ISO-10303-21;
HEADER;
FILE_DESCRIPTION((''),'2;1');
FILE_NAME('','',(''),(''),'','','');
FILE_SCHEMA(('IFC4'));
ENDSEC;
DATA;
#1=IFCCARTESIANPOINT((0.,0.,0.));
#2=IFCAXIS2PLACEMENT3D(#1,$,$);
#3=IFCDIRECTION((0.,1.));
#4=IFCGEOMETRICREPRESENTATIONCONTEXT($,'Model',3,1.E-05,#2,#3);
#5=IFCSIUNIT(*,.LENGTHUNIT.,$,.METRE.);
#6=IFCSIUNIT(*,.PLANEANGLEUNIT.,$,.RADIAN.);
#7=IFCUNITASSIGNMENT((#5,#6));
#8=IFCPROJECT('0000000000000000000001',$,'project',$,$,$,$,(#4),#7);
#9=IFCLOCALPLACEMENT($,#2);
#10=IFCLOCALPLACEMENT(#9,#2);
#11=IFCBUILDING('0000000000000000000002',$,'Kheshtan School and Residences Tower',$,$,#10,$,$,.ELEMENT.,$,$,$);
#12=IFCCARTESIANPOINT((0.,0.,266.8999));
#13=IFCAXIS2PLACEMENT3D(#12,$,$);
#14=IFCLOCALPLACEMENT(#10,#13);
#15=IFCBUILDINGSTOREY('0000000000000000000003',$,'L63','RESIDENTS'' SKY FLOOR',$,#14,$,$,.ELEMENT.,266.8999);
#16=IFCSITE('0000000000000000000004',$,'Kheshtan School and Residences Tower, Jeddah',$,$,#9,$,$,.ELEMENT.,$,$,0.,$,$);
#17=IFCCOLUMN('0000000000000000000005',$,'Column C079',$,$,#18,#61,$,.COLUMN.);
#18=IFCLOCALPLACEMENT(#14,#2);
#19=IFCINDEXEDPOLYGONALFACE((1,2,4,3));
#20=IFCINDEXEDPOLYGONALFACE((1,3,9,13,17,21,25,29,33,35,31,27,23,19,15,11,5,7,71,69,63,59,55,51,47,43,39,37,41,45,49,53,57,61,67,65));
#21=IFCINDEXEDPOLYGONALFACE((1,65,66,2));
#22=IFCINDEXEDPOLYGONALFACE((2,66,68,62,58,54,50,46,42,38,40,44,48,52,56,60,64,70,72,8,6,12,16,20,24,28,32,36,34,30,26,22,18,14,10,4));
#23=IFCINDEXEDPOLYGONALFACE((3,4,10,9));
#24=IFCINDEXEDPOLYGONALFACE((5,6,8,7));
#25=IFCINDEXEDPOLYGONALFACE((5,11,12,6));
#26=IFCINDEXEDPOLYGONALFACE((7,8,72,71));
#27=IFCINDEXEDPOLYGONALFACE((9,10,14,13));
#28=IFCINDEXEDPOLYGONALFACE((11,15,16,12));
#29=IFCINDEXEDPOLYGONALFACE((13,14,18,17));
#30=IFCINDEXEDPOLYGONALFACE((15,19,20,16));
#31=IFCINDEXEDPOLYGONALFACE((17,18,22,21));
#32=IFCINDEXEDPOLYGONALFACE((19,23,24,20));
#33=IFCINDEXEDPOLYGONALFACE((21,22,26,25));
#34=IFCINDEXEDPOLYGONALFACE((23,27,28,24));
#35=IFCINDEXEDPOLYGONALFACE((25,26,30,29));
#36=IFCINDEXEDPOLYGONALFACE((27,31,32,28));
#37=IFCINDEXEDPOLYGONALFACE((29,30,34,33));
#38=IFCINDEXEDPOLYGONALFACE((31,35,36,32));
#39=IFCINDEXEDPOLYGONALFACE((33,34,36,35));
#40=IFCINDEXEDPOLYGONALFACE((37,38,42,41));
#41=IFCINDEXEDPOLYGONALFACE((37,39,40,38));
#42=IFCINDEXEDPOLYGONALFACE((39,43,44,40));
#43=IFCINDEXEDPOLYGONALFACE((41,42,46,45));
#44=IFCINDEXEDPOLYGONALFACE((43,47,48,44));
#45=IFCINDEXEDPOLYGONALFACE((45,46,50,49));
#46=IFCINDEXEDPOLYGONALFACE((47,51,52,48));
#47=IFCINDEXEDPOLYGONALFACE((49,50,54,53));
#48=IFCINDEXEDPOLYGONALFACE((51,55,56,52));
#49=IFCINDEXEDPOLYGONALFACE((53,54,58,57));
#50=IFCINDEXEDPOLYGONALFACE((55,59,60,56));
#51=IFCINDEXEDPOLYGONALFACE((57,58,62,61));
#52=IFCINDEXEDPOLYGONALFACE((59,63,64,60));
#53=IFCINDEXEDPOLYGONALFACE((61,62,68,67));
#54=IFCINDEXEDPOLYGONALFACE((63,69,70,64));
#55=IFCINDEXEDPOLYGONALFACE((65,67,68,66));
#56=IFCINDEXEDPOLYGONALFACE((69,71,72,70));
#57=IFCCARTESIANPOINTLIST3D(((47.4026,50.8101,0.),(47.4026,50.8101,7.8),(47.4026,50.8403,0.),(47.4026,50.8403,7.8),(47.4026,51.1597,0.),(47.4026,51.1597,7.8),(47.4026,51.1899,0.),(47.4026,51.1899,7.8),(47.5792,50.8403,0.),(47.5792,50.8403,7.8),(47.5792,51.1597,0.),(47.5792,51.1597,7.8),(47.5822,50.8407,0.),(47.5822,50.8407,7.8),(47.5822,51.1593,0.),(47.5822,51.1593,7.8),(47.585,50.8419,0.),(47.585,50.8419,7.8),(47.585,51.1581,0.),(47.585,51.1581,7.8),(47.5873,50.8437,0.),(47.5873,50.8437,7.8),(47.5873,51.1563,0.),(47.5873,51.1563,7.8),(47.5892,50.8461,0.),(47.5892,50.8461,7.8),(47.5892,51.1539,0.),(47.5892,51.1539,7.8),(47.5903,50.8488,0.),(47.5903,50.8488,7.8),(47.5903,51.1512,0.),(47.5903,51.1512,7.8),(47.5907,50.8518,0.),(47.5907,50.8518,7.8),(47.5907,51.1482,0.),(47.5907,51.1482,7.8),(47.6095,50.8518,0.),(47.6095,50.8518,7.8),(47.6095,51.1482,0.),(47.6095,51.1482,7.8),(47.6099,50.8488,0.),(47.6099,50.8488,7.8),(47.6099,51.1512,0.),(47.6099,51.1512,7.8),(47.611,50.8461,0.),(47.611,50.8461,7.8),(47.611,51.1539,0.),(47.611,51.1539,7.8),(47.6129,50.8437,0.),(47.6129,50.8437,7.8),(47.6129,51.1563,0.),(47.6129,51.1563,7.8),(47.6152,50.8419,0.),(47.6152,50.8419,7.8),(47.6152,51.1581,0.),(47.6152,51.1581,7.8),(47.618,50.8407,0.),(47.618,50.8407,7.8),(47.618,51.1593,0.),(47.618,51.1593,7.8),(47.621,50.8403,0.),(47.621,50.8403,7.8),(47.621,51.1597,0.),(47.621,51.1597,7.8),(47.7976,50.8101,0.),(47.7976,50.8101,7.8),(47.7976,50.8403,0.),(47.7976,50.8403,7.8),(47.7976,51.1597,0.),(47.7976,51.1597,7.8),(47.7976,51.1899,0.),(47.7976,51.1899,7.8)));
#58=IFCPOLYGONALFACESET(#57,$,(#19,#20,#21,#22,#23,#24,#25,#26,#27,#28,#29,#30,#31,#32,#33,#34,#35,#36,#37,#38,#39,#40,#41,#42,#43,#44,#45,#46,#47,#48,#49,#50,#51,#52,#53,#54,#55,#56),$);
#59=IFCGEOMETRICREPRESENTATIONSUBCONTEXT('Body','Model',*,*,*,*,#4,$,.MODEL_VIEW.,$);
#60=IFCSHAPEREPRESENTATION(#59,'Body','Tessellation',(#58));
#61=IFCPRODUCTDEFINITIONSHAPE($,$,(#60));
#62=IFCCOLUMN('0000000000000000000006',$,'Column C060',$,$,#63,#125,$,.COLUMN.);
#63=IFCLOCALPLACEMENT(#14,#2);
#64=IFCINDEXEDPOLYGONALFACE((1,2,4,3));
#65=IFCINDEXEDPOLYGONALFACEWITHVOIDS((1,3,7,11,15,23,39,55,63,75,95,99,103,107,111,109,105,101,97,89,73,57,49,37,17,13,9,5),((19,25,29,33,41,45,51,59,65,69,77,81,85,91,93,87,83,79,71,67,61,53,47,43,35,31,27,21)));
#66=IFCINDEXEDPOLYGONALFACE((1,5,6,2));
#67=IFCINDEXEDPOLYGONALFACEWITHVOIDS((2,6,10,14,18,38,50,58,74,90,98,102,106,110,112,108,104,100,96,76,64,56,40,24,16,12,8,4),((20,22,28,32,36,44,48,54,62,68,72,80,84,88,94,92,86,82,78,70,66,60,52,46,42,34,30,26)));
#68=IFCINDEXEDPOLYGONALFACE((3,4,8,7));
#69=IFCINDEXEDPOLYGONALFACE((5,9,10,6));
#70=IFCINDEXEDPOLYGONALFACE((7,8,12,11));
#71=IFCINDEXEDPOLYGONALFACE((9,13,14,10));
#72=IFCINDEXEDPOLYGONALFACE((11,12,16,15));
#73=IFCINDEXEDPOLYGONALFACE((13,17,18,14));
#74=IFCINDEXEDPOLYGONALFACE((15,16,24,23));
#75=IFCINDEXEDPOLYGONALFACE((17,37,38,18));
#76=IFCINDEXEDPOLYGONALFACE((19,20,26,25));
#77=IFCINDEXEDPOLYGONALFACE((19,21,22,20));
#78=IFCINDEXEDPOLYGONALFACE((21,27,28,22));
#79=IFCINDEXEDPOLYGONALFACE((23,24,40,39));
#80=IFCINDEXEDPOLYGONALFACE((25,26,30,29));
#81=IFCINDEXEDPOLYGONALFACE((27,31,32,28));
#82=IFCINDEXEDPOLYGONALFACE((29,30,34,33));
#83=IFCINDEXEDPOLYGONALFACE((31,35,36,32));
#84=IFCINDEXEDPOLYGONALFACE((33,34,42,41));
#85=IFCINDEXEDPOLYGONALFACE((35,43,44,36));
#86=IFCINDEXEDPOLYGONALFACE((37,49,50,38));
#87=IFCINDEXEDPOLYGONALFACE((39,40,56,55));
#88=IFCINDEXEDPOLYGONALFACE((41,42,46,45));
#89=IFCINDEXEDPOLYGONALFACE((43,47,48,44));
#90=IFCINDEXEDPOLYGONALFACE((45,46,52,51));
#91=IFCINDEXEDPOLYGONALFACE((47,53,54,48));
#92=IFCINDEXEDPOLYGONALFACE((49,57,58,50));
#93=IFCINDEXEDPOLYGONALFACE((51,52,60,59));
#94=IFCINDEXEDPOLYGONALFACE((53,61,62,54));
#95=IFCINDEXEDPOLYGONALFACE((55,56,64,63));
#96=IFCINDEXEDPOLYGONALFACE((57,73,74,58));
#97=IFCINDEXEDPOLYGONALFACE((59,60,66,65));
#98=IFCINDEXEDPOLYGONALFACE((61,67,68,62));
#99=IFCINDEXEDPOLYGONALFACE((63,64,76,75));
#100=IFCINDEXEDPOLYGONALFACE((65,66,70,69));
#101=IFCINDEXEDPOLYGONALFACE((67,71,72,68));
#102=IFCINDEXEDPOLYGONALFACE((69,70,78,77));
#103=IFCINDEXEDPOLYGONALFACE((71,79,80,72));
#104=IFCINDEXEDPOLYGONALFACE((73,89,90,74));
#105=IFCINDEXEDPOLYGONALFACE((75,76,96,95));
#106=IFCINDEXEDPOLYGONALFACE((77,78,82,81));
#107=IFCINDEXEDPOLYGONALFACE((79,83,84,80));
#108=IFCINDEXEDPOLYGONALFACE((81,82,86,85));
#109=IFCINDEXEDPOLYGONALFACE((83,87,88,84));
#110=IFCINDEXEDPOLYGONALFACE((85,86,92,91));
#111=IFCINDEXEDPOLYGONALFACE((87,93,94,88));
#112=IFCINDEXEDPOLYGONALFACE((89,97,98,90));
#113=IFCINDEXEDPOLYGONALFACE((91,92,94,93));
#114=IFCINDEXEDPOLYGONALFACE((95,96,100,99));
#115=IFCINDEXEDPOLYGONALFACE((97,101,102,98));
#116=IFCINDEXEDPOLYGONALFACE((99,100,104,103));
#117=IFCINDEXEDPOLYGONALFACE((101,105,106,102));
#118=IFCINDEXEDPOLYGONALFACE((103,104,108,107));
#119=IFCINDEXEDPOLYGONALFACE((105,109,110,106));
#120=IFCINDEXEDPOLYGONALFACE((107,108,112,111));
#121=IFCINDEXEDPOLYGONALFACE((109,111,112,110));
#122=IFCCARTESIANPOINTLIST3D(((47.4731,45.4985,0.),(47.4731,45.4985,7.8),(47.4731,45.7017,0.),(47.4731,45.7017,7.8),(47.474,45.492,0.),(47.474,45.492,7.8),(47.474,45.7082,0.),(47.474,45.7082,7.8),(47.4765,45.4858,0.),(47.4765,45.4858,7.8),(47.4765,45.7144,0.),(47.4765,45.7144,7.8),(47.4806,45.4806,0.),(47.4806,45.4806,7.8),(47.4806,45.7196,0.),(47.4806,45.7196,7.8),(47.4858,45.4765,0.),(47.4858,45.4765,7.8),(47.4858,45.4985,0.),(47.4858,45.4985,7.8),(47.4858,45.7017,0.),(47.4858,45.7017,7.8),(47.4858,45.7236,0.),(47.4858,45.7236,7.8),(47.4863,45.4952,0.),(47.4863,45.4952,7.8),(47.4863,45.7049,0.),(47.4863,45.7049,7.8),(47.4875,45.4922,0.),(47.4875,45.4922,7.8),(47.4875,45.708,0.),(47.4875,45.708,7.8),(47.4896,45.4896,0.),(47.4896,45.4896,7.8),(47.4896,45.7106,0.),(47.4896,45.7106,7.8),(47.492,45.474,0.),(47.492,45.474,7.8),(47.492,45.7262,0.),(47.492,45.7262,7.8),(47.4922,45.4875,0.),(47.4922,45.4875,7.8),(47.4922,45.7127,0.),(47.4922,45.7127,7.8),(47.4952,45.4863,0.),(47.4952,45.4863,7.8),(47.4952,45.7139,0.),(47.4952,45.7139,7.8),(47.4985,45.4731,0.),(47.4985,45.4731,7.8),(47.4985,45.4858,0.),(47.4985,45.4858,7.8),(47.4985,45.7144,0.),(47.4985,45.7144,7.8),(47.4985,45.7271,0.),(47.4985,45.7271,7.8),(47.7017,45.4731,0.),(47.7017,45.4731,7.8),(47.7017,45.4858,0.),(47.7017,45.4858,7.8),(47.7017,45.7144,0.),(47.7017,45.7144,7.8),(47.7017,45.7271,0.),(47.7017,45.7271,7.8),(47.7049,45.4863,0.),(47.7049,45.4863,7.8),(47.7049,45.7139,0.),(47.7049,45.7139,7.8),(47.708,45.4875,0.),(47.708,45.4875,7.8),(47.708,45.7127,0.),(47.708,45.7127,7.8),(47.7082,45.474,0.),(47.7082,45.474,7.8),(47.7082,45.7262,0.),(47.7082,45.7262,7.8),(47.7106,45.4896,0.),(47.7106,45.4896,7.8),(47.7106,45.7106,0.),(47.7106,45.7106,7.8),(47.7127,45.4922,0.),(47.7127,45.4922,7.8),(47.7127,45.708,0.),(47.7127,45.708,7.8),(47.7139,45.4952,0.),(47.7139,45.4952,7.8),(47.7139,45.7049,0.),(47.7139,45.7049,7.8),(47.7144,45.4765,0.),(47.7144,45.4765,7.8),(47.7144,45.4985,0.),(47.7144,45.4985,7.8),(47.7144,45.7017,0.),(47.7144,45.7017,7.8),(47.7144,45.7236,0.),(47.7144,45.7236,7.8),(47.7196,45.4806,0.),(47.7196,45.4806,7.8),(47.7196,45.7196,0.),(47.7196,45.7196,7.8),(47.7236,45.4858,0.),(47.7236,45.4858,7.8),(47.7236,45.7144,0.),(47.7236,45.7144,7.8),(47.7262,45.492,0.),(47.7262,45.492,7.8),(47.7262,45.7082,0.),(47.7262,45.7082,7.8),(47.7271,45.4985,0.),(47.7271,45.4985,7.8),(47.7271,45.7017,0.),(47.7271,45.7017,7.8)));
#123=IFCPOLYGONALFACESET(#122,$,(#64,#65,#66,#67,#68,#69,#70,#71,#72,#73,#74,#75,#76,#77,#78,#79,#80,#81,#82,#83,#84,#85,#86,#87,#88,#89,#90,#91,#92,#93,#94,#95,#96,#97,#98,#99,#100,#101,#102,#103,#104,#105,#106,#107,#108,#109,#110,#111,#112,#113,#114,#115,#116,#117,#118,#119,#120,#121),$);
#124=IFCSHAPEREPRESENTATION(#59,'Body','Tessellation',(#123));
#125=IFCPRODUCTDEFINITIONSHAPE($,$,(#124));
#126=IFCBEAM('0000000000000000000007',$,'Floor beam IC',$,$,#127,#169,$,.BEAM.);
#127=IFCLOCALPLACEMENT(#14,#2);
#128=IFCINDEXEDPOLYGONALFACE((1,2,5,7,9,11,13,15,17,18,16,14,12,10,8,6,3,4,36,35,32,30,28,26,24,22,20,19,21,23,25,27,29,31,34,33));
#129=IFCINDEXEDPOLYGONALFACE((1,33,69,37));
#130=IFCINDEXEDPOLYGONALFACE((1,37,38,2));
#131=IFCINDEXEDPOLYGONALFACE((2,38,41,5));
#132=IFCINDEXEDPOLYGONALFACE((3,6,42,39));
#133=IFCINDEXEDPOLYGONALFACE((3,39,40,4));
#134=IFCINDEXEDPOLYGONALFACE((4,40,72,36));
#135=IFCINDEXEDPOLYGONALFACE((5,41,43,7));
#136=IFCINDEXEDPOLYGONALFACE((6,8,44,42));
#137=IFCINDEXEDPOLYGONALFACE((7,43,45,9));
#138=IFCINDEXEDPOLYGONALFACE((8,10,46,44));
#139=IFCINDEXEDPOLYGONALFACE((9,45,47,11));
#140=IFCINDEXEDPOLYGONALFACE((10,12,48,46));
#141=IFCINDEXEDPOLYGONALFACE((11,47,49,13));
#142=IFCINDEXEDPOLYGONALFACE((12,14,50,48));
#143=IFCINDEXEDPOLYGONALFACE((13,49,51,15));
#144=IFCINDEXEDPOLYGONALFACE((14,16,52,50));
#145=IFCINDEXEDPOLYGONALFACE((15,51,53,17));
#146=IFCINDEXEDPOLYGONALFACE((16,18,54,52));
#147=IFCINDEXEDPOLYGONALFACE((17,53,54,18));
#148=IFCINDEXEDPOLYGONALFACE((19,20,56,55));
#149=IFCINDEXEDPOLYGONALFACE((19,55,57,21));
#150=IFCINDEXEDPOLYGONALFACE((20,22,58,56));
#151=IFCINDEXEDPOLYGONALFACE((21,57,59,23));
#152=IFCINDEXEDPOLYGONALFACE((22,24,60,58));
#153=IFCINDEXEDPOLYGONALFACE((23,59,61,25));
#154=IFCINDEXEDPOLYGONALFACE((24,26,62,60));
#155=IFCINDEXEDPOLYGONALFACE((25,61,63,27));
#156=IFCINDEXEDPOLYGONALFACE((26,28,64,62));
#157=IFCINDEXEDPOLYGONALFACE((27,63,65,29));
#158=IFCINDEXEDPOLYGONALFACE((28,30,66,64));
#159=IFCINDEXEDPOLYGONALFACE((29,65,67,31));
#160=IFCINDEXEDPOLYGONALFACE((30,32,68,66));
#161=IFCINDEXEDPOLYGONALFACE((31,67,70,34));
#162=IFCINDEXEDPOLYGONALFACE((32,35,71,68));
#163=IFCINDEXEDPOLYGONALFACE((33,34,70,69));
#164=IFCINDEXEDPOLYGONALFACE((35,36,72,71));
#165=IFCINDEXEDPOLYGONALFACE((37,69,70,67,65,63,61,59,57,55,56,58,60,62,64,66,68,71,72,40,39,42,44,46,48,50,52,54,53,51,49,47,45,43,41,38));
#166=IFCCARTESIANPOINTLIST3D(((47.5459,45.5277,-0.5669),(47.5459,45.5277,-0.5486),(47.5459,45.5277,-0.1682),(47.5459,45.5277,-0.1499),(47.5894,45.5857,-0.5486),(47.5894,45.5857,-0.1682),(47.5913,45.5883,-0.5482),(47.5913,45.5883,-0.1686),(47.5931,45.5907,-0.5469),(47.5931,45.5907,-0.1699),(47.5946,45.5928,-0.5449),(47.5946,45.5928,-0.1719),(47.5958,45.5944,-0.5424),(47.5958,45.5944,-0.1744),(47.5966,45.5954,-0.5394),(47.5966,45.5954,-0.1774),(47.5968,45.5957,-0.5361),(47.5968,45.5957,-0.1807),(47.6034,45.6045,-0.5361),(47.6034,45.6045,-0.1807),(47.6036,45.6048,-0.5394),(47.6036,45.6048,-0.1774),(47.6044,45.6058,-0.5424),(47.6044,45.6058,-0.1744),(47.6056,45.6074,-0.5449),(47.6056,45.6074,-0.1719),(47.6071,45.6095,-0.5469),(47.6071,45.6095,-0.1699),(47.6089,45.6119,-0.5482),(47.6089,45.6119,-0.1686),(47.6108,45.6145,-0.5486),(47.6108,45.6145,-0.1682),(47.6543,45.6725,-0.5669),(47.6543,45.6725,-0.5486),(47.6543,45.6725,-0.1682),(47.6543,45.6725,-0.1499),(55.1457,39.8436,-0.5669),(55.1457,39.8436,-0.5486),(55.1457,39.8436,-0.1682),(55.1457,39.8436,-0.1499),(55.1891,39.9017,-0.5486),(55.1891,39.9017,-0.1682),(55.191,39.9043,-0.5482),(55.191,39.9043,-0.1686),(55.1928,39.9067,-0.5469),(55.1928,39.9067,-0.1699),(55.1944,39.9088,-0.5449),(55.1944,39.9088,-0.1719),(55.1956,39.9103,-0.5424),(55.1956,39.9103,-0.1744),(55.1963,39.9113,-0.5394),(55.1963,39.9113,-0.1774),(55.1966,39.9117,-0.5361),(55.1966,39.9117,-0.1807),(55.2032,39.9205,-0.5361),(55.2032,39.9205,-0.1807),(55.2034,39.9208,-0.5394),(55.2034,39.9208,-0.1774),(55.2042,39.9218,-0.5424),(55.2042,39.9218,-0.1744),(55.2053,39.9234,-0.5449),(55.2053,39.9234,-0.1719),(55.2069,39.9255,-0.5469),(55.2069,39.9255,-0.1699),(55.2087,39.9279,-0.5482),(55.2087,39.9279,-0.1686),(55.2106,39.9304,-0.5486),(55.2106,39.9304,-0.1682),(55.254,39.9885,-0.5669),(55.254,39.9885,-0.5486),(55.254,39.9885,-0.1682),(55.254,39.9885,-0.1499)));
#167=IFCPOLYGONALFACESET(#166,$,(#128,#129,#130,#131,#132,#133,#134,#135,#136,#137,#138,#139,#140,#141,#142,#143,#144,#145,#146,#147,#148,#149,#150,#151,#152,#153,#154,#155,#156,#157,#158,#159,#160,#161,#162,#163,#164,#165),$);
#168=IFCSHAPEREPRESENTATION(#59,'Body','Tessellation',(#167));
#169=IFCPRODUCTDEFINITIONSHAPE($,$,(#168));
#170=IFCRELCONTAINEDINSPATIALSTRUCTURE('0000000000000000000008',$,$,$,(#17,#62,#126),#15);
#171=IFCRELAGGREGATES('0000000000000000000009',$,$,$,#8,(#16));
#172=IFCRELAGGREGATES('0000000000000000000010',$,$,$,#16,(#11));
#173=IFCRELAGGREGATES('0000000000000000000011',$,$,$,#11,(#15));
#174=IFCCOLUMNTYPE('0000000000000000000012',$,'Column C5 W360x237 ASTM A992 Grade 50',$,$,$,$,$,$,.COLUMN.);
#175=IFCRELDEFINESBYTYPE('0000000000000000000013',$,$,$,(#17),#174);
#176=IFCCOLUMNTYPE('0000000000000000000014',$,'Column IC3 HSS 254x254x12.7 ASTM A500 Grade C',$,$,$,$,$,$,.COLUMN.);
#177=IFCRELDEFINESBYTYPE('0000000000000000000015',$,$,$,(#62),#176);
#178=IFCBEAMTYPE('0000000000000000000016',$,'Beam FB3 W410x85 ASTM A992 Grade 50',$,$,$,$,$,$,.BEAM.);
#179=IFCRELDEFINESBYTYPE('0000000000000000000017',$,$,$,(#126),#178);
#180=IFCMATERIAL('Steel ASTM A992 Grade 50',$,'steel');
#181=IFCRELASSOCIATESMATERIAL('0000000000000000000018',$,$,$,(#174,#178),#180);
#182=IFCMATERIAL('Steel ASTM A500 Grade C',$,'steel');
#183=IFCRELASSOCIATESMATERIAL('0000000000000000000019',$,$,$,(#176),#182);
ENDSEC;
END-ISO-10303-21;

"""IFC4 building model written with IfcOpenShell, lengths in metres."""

from ifc_helpers import new_model, si_unit, direction, frame, origin, origin_2d, place, context, subcontext, project, spatial, hollow_rectangle, i_section, extrude, material, material_profile, profile_set, type_object, element, save


model = new_model("IFC4")

# Units and contexts
model_context = context("Model", 3, precision=1e-05, world=origin(), true_north=direction((0.0, 1.0)))
body_context = subcontext(model_context, "Body", "Model", "MODEL_VIEW")
ifc_project = project(units=[si_unit("LENGTHUNIT", "METRE"), si_unit("PLANEANGLEUNIT", "RADIAN")], contexts=[model_context])

# Site, building, storey
site_placement = place(None, origin())
site = spatial("IfcSite", under=ifc_project, at=site_placement, Name="Kheshtan School and Residences Tower, Jeddah", CompositionType="ELEMENT", RefElevation=0.0)
building_placement = place(site_placement, origin())
building = spatial("IfcBuilding", under=site, at=building_placement, Name="Kheshtan School and Residences Tower", CompositionType="ELEMENT")
storey_placement = place(building_placement, frame((0.0, 0.0, 266.8999)))
storey = spatial("IfcBuildingStorey", under=building, at=storey_placement, Name="L63", Description="RESIDENTS' SKY FLOOR", CompositionType="ELEMENT", Elevation=266.8999)

# Columns
ifc_material_1 = material(Name="Steel ASTM A992 Grade 50", Category="steel")
ifc_material_profile_1 = material_profile(ifc_material_1, i_section(OverallWidth=0.395, OverallDepth=0.3799, WebThickness=0.0188, FlangeThickness=0.0303, FilletRadius=0.0115, at=origin_2d()), Name="W360x237")
ifc_profile_set_1 = profile_set([ifc_material_profile_1], Name="Steel ASTM A992 Grade 50")
column_type_1 = type_object("IfcColumnType", Name="Column C5 W360x237 ASTM A992 Grade 50", PredefinedType="COLUMN", material=ifc_profile_set_1)
column_1_placement = place(storey_placement, frame((47.6001, 51.0, 0.0), z_axis=(0.0, 0.0, 1.0), x_axis=(1.0, 0.0, 0.0)))
element("IfcColumn", 1, at=column_1_placement, inside=storey, type_object=column_type_1, Name="Column C079", PredefinedType="COLUMN", context=body_context, shape_type="SweptSolid", body=[
    extrude(i_section(OverallWidth=0.395, OverallDepth=0.3799, WebThickness=0.0188, FlangeThickness=0.0303, FilletRadius=0.0115, at=origin_2d()), origin(), (0.0, 0.0, 1.0), 7.8),
])
ifc_material_2 = material(Name="Steel ASTM A500 Grade C", Category="steel")
ifc_material_profile_2 = material_profile(ifc_material_2, hollow_rectangle(XDim=0.2539, YDim=0.2539, WallThickness=0.0127, InnerFilletRadius=0.0127, OuterFilletRadius=0.0254, at=origin_2d()), Name="HSS 254x254x12.7")
ifc_profile_set_2 = profile_set([ifc_material_profile_2], Name="Steel ASTM A500 Grade C")
column_type_2 = type_object("IfcColumnType", Name="Column IC3 HSS 254x254x12.7 ASTM A500 Grade C", PredefinedType="COLUMN", material=ifc_profile_set_2)
column_2_placement = place(storey_placement, frame((47.6001, 45.6001, 0.0), z_axis=(0.0, 0.0, 1.0), x_axis=(1.0, 0.0, 0.0)))
element("IfcColumn", 2, at=column_2_placement, inside=storey, type_object=column_type_2, Name="Column C060", PredefinedType="COLUMN", context=body_context, shape_type="SweptSolid", body=[
    extrude(hollow_rectangle(XDim=0.2539, YDim=0.2539, WallThickness=0.0127, InnerFilletRadius=0.0127, OuterFilletRadius=0.0254, at=origin_2d()), origin(), (0.0, 0.0, 1.0), 7.8),
])

# Beam
ifc_material_profile_3 = material_profile(ifc_material_1, i_section(OverallWidth=0.1809, OverallDepth=0.417, WebThickness=0.011, FlangeThickness=0.0183, FilletRadius=0.0125, at=origin_2d()), Name="W410x85")
ifc_profile_set_3 = profile_set([ifc_material_profile_3], Name="Steel ASTM A992 Grade 50")
beam_type_1 = type_object("IfcBeamType", Name="Beam FB3 W410x85 ASTM A992 Grade 50", PredefinedType="BEAM", material=ifc_profile_set_3)
beam_1_placement = place(storey_placement, frame((47.6001, 45.6001, -0.3584), z_axis=(0.800799, -0.598933, 0.0), x_axis=(0.598933, 0.800799, 0.0)))
element("IfcBeam", 3, at=beam_1_placement, inside=storey, type_object=beam_type_1, Name="Floor beam IC", PredefinedType="BEAM", context=body_context, shape_type="SweptSolid", body=[
    extrude(i_section(OverallWidth=0.1809, OverallDepth=0.417, WebThickness=0.011, FlangeThickness=0.0183, FilletRadius=0.0125, at=origin_2d()), origin(), (0.0, 0.0, 1.0), 9.4902),
])

save(model, "model.ifc")
